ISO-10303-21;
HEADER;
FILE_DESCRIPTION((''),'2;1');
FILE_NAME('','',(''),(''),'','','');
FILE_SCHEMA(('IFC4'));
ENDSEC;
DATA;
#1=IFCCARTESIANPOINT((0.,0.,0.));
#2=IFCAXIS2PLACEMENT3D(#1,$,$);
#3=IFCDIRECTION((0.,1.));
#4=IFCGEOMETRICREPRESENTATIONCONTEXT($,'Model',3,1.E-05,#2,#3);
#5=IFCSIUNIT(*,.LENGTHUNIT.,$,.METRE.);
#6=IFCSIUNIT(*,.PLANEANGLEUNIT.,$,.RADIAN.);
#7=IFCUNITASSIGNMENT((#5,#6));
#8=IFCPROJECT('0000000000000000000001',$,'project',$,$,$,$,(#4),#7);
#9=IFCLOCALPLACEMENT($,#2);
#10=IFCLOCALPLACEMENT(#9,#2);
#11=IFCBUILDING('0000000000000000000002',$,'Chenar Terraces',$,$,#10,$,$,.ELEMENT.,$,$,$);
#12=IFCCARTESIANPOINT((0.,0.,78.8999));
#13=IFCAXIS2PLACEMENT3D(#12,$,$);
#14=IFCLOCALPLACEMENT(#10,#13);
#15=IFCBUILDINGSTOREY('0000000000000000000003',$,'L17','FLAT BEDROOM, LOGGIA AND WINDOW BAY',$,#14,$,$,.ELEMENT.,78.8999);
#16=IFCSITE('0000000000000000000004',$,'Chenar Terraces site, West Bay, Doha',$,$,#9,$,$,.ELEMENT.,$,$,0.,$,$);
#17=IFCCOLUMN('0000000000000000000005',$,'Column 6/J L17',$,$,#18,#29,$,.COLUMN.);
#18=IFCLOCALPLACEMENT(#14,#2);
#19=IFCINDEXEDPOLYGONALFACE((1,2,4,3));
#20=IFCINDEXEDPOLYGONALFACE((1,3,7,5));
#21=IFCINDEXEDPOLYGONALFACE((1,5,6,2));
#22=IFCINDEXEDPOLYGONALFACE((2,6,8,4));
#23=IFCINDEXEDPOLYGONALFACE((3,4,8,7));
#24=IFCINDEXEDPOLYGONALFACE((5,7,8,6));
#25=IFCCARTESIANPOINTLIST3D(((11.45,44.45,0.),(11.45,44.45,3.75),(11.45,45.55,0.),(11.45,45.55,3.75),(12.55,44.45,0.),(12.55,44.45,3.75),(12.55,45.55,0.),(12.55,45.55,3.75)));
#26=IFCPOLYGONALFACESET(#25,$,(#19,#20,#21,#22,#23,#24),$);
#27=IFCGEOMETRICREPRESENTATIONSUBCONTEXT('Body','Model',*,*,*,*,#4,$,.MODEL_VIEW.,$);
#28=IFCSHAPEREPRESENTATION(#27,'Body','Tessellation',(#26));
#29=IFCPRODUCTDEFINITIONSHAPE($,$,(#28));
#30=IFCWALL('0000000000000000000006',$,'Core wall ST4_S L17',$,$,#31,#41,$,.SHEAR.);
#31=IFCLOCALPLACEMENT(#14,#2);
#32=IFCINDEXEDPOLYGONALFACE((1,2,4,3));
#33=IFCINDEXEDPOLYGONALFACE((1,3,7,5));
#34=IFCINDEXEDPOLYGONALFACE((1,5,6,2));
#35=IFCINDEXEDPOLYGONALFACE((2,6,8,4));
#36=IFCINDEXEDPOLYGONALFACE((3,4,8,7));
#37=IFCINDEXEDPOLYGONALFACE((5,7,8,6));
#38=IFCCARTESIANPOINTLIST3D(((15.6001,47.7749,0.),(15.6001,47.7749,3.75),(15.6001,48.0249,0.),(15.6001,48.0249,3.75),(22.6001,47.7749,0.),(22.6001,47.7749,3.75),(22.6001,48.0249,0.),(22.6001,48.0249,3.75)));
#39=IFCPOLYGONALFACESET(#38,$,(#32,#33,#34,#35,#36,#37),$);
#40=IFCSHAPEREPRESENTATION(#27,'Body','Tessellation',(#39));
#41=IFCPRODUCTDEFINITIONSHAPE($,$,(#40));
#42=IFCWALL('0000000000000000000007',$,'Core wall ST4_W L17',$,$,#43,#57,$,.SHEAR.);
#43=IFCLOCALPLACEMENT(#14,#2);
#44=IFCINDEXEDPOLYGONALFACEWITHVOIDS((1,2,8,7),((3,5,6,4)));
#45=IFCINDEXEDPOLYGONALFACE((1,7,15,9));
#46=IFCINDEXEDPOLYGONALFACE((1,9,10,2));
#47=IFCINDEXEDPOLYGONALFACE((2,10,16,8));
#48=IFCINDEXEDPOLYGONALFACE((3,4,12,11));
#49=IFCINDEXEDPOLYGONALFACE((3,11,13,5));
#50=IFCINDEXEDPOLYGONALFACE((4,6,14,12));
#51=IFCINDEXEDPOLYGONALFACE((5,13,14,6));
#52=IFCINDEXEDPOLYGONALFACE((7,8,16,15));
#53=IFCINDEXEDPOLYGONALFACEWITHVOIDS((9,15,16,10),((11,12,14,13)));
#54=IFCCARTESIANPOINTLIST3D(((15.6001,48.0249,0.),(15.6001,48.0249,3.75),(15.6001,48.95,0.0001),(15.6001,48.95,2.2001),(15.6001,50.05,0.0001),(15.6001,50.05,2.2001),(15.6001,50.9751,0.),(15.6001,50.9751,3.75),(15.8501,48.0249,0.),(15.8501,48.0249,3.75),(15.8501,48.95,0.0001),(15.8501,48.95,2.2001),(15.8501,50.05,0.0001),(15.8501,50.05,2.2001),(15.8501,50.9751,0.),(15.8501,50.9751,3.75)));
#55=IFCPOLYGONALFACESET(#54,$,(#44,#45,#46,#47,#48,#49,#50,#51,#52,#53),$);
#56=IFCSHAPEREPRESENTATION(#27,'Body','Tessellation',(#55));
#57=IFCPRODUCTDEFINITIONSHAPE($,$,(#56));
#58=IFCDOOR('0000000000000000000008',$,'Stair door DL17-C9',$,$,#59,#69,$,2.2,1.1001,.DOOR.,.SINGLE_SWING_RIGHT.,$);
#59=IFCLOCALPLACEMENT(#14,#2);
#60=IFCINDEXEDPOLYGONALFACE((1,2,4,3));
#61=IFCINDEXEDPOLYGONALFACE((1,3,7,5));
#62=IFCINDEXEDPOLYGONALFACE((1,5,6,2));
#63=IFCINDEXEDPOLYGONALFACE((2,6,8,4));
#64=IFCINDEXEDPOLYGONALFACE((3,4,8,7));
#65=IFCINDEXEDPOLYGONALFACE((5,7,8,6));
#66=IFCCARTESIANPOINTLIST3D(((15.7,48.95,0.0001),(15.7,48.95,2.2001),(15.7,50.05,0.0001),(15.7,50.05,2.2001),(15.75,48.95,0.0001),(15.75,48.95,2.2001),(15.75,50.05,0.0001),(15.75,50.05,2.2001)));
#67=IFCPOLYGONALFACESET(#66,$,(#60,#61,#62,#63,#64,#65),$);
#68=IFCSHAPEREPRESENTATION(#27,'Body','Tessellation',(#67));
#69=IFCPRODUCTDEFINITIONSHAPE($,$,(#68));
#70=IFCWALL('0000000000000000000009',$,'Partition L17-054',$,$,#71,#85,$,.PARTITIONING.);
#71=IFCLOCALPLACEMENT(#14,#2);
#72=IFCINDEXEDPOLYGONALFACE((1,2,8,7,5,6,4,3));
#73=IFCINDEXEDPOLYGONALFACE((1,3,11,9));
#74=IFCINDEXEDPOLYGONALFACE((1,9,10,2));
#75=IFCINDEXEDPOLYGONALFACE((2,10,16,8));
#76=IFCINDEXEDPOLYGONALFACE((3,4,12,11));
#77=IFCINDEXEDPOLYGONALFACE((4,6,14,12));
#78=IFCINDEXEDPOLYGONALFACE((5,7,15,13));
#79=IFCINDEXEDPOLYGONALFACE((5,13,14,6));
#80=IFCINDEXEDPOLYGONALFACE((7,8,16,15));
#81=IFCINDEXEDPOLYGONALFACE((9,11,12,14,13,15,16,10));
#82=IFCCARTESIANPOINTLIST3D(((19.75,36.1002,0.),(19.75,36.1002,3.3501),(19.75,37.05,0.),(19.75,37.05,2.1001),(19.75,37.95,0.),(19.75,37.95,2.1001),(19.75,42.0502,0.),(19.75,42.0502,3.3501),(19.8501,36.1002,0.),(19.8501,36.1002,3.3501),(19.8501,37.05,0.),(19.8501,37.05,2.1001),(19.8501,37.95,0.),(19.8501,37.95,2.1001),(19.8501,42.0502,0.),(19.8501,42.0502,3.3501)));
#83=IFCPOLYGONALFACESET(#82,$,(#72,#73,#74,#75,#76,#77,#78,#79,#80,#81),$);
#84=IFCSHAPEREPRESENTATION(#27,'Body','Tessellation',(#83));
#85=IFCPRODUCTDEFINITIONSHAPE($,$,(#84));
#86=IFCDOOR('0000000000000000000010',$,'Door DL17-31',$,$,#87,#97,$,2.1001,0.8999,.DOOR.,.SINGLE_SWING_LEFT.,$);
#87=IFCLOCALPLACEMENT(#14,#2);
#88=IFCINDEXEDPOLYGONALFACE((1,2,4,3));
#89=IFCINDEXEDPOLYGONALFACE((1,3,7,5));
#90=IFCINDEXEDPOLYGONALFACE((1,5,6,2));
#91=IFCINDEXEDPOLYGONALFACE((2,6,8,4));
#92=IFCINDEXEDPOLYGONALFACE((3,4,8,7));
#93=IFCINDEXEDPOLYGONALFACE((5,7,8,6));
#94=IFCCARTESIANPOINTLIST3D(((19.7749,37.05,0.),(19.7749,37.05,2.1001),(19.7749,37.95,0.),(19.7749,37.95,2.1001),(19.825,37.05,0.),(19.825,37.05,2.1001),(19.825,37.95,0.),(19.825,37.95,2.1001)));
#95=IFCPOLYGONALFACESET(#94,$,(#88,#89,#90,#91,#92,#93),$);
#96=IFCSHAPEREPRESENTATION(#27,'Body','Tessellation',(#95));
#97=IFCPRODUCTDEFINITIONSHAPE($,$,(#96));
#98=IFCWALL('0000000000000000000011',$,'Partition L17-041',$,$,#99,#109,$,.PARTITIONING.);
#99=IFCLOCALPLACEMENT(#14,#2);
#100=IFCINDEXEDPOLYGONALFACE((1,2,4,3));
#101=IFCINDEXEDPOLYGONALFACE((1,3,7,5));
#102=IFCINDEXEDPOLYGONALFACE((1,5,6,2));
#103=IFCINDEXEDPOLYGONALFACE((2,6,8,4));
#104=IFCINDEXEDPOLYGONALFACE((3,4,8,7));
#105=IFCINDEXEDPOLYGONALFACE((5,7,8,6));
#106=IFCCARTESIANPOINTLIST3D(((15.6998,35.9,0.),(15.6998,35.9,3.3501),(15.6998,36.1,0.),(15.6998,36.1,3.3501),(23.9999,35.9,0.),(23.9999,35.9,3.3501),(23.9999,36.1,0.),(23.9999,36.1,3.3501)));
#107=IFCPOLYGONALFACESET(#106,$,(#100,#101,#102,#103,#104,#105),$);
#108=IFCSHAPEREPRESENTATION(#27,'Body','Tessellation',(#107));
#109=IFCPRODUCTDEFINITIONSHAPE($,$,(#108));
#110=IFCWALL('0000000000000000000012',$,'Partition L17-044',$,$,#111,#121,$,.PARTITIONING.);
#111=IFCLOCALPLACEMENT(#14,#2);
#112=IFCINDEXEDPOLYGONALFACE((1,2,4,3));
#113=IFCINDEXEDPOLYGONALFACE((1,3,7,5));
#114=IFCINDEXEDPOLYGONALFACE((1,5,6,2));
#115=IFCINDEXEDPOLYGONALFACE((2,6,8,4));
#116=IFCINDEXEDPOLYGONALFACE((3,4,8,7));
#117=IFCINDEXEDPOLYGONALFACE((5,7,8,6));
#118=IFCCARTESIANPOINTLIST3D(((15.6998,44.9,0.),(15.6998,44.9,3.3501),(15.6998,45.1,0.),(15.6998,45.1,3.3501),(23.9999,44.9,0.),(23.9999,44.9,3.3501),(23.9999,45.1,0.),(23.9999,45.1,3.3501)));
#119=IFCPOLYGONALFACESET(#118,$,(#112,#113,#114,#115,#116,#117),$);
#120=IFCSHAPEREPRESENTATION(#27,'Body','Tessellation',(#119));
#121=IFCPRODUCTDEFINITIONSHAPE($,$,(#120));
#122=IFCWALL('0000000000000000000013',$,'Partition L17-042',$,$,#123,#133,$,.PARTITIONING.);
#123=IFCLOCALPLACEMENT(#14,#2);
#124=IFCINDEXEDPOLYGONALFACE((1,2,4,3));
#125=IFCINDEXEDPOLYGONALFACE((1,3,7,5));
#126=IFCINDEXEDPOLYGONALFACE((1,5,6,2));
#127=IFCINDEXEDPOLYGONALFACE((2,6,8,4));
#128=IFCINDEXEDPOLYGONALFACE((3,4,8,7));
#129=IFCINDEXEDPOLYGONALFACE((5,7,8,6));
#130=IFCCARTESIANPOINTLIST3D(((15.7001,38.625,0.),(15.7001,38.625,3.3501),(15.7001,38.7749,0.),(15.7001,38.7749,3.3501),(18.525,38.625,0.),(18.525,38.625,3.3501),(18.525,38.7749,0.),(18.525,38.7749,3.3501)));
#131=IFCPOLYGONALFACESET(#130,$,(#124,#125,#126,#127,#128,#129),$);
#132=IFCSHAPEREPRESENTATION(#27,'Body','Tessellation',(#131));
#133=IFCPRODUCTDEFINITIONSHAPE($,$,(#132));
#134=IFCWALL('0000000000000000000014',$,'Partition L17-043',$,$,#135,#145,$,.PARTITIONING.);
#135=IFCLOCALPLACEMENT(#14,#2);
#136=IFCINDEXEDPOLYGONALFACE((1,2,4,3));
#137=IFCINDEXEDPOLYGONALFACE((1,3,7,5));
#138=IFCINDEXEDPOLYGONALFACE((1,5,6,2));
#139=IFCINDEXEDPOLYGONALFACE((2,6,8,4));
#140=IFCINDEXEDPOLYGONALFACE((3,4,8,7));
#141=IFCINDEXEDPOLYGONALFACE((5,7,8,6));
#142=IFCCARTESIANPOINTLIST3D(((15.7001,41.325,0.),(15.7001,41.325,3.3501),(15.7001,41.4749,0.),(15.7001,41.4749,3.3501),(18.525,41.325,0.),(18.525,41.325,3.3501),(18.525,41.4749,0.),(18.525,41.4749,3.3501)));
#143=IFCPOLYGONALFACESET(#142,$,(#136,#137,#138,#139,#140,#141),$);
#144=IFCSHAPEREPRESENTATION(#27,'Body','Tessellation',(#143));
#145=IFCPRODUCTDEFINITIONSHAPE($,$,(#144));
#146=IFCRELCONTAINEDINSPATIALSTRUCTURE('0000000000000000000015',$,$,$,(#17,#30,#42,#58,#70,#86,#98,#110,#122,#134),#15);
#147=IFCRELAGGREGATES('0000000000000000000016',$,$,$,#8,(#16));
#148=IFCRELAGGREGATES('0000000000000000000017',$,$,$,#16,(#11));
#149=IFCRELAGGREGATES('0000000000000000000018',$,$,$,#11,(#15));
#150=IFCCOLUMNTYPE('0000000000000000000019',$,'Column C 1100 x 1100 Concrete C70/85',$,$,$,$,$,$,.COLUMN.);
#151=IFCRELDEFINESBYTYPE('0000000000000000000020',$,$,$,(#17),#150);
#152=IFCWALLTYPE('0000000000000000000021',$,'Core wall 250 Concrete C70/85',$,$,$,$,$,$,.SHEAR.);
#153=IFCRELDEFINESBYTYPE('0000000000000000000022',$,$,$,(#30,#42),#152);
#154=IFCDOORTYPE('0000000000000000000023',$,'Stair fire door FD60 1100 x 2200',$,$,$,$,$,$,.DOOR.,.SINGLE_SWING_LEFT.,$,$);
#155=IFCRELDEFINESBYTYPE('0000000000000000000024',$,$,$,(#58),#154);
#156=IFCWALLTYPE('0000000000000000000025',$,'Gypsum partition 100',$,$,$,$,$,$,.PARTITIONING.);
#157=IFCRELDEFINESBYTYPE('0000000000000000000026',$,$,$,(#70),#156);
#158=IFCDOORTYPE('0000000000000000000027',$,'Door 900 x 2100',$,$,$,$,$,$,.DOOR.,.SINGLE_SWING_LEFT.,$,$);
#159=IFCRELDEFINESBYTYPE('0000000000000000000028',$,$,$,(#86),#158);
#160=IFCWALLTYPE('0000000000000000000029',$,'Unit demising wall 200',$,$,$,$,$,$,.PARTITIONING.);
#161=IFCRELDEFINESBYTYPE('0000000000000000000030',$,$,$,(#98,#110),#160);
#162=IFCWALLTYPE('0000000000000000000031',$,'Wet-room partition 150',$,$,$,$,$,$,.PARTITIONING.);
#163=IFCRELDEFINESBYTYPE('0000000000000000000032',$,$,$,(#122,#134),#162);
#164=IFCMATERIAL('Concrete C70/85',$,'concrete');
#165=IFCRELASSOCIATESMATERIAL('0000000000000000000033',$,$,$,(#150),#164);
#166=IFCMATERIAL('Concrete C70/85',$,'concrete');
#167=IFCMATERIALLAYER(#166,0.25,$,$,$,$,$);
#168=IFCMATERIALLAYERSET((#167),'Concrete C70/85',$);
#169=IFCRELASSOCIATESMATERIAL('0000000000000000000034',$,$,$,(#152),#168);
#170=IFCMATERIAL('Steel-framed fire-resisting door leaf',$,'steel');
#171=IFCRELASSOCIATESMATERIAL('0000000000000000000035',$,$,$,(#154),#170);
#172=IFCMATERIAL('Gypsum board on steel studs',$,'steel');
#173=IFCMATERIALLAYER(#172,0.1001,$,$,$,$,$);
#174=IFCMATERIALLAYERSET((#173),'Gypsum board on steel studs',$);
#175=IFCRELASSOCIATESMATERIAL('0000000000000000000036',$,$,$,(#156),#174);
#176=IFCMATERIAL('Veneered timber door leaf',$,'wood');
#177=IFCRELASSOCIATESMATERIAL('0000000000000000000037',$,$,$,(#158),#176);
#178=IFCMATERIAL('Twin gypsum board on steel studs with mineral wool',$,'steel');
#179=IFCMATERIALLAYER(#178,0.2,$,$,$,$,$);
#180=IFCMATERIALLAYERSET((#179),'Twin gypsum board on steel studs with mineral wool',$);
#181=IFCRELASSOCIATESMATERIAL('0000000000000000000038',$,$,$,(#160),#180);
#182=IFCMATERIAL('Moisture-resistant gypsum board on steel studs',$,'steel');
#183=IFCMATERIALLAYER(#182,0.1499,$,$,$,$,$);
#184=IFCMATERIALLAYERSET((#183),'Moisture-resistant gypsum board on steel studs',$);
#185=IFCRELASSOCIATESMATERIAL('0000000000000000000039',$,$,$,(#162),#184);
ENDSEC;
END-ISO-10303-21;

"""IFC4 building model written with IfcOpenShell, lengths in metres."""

from ifc_helpers import new_model, si_unit, direction, frame, frame_2d, origin, origin_2d, place, context, subcontext, project, spatial, rectangle, extrude, material, layer, layer_set, material_profile, profile_set, type_object, element, fill, save


model = new_model("IFC4")

# Units and contexts
model_context = context("Model", 3, precision=1e-05, world=origin(), true_north=direction((0.0, 1.0)))
body_context = subcontext(model_context, "Body", "Model", "MODEL_VIEW")
ifc_project = project(units=[si_unit("LENGTHUNIT", "METRE"), si_unit("PLANEANGLEUNIT", "RADIAN")], contexts=[model_context])

# Site, building, storey
site_placement = place(None, origin())
site = spatial("IfcSite", under=ifc_project, at=site_placement, Name="Chenar Terraces site, West Bay, Doha", CompositionType="ELEMENT", RefElevation=0.0)
building_placement = place(site_placement, origin())
building = spatial("IfcBuilding", under=site, at=building_placement, Name="Chenar Terraces", CompositionType="ELEMENT")
storey_placement = place(building_placement, frame((0.0, 0.0, 78.8999)))
storey = spatial("IfcBuildingStorey", under=building, at=storey_placement, Name="L17", Description="FLAT BEDROOM, LOGGIA AND WINDOW BAY", CompositionType="ELEMENT", Elevation=78.8999)

# Column
ifc_material_1 = material(Name="Concrete C70/85", Category="concrete")
ifc_material_profile = material_profile(ifc_material_1, rectangle(XDim=1.1001, YDim=1.1001, at=origin_2d()), Name="C 1100 x 1100")
ifc_profile_set = profile_set([ifc_material_profile], Name="Concrete C70/85")
column_type = type_object("IfcColumnType", Name="Column C 1100 x 1100 Concrete C70/85", PredefinedType="COLUMN", material=ifc_profile_set)
column_placement = place(storey_placement, frame((12.0, 45.0, 0.0), z_axis=(0.0, 0.0, 1.0), x_axis=(1.0, 0.0, 0.0)))
element("IfcColumn", 1, at=column_placement, inside=storey, type_object=column_type, Name="Column 6/J L17", PredefinedType="COLUMN", context=body_context, shape_type="SweptSolid", body=[
    extrude(rectangle(XDim=1.1001, YDim=1.1001, at=origin_2d()), origin(), (0.0, 0.0, 1.0), 3.75),
])

# Wall
ifc_material_2 = material(Name="Concrete C70/85", Category="concrete")
ifc_layer_1 = layer(ifc_material_2, 0.25)
ifc_layer_set_1 = layer_set([ifc_layer_1], Name="Concrete C70/85")
wall_type_1 = type_object("IfcWallType", Name="Core wall 250 Concrete C70/85", PredefinedType="SHEAR", material=ifc_layer_set_1)
wall_1_placement = place(storey_placement, frame((15.6001, 47.8999, 0.0), z_axis=(0.0, 0.0, 1.0), x_axis=(1.0, 0.0, 0.0)))
element("IfcWall", 2, at=wall_1_placement, inside=storey, type_object=wall_type_1, Name="Core wall ST4_S L17", PredefinedType="SHEAR", context=body_context, shape_type="SweptSolid", body=[
    extrude(rectangle(XDim=7.0, YDim=0.25, at=frame_2d((3.5, 0.0))), origin(), (0.0, 0.0, 1.0), 3.75),
])

# Walls, openings, doors
wall_2_placement = place(storey_placement, frame((15.7251, 48.0249, 0.0), z_axis=(0.0, 0.0, 1.0), x_axis=(0.0, 1.0, 0.0)))
wall_2 = element("IfcWall", 3, at=wall_2_placement, inside=storey, type_object=wall_type_1, Name="Core wall ST4_W L17", PredefinedType="SHEAR", context=body_context, shape_type="SweptSolid", body=[
    extrude(rectangle(XDim=2.9502, YDim=0.25, at=frame_2d((1.4751, 0.0))), origin(), (0.0, 0.0, 1.0), 3.75),
])
opening_1_placement = place(wall_2_placement, frame((0.925, 0.0, 0.0)))
opening_1 = element("IfcOpeningElement", 4, at=opening_1_placement, cuts=wall_2, PredefinedType="OPENING", context=body_context, shape_type="SweptSolid", body=[
    extrude(rectangle(XDim=1.1001, YDim=2.2, at=frame_2d((0.55, 1.1001))), frame((0.0, 0.135, 0.0), z_axis=(0.0, -1.0, 0.0), x_axis=(1.0, 0.0, 0.0)), (0.0, 0.0, 1.0), 0.27),
])
ifc_material_3 = material(Name="Steel-framed fire-resisting door leaf", Category="steel")
door_type_1 = type_object("IfcDoorType", Name="Stair fire door FD60 1100 x 2200", OperationType="SINGLE_SWING_LEFT", PredefinedType="DOOR", material=ifc_material_3)
door_1_placement = place(opening_1_placement, frame((1.1001, 0.0, 0.0), z_axis=(0.0, 0.0, 1.0), x_axis=(-1.0, 0.0, 0.0)))
door_1 = element("IfcDoor", 5, at=door_1_placement, inside=storey, type_object=door_type_1, Name="Stair door DL17-C9", OperationType="SINGLE_SWING_RIGHT", OverallHeight=2.2, OverallWidth=1.1001, PredefinedType="DOOR", context=body_context, shape_type="SweptSolid", body=[
    extrude(rectangle(XDim=1.1001, YDim=2.2, at=frame_2d((0.55, 1.1001))), frame((0.0, 0.0249, 0.0), z_axis=(0.0, -1.0, 0.0), x_axis=(1.0, 0.0, 0.0)), (0.0, 0.0, 1.0), 0.05),
])
fill(opening_1, door_1)
ifc_material_4 = material(Name="Gypsum board on steel studs", Category="steel")
ifc_layer_2 = layer(ifc_material_4, 0.1001)
ifc_layer_set_2 = layer_set([ifc_layer_2], Name="Gypsum board on steel studs")
wall_type_2 = type_object("IfcWallType", Name="Gypsum partition 100", PredefinedType="PARTITIONING", material=ifc_layer_set_2)
wall_3_placement = place(storey_placement, frame((19.8, 36.1001, 0.0), z_axis=(0.0, 0.0, 1.0), x_axis=(0.0, 1.0, 0.0)))
wall_3 = element("IfcWall", 6, at=wall_3_placement, inside=storey, type_object=wall_type_2, Name="Partition L17-054", PredefinedType="PARTITIONING", context=body_context, shape_type="SweptSolid", body=[
    extrude(rectangle(XDim=5.95, YDim=0.1001, at=frame_2d((2.9751, 0.0))), origin(), (0.0, 0.0, 1.0), 3.3501),
])
opening_2_placement = place(wall_3_placement, frame((0.95, 0.0, 0.0)))
opening_2 = element("IfcOpeningElement", 7, at=opening_2_placement, cuts=wall_3, PredefinedType="OPENING", context=body_context, shape_type="SweptSolid", body=[
    extrude(rectangle(XDim=0.8999, YDim=2.1001, at=frame_2d((0.45, 1.05))), frame((0.0, 0.0601, 0.0), z_axis=(0.0, -1.0, 0.0), x_axis=(1.0, 0.0, 0.0)), (0.0, 0.0, 1.0), 0.1201),
])
ifc_material_5 = material(Name="Veneered timber door leaf", Category="wood")
door_type_2 = type_object("IfcDoorType", Name="Door 900 x 2100", OperationType="SINGLE_SWING_LEFT", PredefinedType="DOOR", material=ifc_material_5)
door_2_placement = place(opening_2_placement, frame((0.8999, 0.0, 0.0), z_axis=(0.0, 0.0, 1.0), x_axis=(-1.0, 0.0, 0.0)))
door_2 = element("IfcDoor", 8, at=door_2_placement, inside=storey, type_object=door_type_2, Name="Door DL17-31", OperationType="SINGLE_SWING_LEFT", OverallHeight=2.1001, OverallWidth=0.8999, PredefinedType="DOOR", context=body_context, shape_type="SweptSolid", body=[
    extrude(rectangle(XDim=0.8999, YDim=2.1001, at=frame_2d((0.45, 1.05))), frame((0.0, 0.0249, 0.0), z_axis=(0.0, -1.0, 0.0), x_axis=(1.0, 0.0, 0.0)), (0.0, 0.0, 1.0), 0.05),
])
fill(opening_2, door_2)

# Walls
ifc_material_6 = material(Name="Twin gypsum board on steel studs with mineral wool", Category="steel")
ifc_layer_3 = layer(ifc_material_6, 0.2)
ifc_layer_set_3 = layer_set([ifc_layer_3], Name="Twin gypsum board on steel studs with mineral wool")
wall_type_3 = type_object("IfcWallType", Name="Unit demising wall 200", PredefinedType="PARTITIONING", material=ifc_layer_set_3)
for number, where, z_axis, x_axis, name in (
    (9, (15.7, 36.0, 0.0), (0.0, 0.0, 1.0), (1.0, 0.0, 0.0), "Partition L17-041"),
    (10, (15.7, 45.0, 0.0), (0.0, 0.0, 1.0), (1.0, 0.0, 0.0), "Partition L17-044"),
):
    element("IfcWall", number, at=place(storey_placement, frame(where, z_axis=z_axis, x_axis=x_axis)), inside=storey, type_object=wall_type_3, Name=name, PredefinedType="PARTITIONING", context=body_context, shape_type="SweptSolid", body=[
        extrude(rectangle(XDim=8.3, YDim=0.2, at=frame_2d((4.1499, 0.0))), origin(), (0.0, 0.0, 1.0), 3.3501),
    ])
ifc_material_7 = material(Name="Moisture-resistant gypsum board on steel studs", Category="steel")
ifc_layer_4 = layer(ifc_material_7, 0.1499)
ifc_layer_set_4 = layer_set([ifc_layer_4], Name="Moisture-resistant gypsum board on steel studs")
wall_type_4 = type_object("IfcWallType", Name="Wet-room partition 150", PredefinedType="PARTITIONING", material=ifc_layer_set_4)
for number, where, z_axis, x_axis, name in (
    (11, (15.7, 38.7, 0.0), (0.0, 0.0, 1.0), (1.0, 0.0, 0.0), "Partition L17-042"),
    (12, (15.7, 41.3999, 0.0), (0.0, 0.0, 1.0), (1.0, 0.0, 0.0), "Partition L17-043"),
):
    element("IfcWall", number, at=place(storey_placement, frame(where, z_axis=z_axis, x_axis=x_axis)), inside=storey, type_object=wall_type_4, Name=name, PredefinedType="PARTITIONING", context=body_context, shape_type="SweptSolid", body=[
        extrude(rectangle(XDim=2.825, YDim=0.1499, at=frame_2d((1.4126, 0.0))), origin(), (0.0, 0.0, 1.0), 3.3501),
    ])

save(model, "model.ifc")
